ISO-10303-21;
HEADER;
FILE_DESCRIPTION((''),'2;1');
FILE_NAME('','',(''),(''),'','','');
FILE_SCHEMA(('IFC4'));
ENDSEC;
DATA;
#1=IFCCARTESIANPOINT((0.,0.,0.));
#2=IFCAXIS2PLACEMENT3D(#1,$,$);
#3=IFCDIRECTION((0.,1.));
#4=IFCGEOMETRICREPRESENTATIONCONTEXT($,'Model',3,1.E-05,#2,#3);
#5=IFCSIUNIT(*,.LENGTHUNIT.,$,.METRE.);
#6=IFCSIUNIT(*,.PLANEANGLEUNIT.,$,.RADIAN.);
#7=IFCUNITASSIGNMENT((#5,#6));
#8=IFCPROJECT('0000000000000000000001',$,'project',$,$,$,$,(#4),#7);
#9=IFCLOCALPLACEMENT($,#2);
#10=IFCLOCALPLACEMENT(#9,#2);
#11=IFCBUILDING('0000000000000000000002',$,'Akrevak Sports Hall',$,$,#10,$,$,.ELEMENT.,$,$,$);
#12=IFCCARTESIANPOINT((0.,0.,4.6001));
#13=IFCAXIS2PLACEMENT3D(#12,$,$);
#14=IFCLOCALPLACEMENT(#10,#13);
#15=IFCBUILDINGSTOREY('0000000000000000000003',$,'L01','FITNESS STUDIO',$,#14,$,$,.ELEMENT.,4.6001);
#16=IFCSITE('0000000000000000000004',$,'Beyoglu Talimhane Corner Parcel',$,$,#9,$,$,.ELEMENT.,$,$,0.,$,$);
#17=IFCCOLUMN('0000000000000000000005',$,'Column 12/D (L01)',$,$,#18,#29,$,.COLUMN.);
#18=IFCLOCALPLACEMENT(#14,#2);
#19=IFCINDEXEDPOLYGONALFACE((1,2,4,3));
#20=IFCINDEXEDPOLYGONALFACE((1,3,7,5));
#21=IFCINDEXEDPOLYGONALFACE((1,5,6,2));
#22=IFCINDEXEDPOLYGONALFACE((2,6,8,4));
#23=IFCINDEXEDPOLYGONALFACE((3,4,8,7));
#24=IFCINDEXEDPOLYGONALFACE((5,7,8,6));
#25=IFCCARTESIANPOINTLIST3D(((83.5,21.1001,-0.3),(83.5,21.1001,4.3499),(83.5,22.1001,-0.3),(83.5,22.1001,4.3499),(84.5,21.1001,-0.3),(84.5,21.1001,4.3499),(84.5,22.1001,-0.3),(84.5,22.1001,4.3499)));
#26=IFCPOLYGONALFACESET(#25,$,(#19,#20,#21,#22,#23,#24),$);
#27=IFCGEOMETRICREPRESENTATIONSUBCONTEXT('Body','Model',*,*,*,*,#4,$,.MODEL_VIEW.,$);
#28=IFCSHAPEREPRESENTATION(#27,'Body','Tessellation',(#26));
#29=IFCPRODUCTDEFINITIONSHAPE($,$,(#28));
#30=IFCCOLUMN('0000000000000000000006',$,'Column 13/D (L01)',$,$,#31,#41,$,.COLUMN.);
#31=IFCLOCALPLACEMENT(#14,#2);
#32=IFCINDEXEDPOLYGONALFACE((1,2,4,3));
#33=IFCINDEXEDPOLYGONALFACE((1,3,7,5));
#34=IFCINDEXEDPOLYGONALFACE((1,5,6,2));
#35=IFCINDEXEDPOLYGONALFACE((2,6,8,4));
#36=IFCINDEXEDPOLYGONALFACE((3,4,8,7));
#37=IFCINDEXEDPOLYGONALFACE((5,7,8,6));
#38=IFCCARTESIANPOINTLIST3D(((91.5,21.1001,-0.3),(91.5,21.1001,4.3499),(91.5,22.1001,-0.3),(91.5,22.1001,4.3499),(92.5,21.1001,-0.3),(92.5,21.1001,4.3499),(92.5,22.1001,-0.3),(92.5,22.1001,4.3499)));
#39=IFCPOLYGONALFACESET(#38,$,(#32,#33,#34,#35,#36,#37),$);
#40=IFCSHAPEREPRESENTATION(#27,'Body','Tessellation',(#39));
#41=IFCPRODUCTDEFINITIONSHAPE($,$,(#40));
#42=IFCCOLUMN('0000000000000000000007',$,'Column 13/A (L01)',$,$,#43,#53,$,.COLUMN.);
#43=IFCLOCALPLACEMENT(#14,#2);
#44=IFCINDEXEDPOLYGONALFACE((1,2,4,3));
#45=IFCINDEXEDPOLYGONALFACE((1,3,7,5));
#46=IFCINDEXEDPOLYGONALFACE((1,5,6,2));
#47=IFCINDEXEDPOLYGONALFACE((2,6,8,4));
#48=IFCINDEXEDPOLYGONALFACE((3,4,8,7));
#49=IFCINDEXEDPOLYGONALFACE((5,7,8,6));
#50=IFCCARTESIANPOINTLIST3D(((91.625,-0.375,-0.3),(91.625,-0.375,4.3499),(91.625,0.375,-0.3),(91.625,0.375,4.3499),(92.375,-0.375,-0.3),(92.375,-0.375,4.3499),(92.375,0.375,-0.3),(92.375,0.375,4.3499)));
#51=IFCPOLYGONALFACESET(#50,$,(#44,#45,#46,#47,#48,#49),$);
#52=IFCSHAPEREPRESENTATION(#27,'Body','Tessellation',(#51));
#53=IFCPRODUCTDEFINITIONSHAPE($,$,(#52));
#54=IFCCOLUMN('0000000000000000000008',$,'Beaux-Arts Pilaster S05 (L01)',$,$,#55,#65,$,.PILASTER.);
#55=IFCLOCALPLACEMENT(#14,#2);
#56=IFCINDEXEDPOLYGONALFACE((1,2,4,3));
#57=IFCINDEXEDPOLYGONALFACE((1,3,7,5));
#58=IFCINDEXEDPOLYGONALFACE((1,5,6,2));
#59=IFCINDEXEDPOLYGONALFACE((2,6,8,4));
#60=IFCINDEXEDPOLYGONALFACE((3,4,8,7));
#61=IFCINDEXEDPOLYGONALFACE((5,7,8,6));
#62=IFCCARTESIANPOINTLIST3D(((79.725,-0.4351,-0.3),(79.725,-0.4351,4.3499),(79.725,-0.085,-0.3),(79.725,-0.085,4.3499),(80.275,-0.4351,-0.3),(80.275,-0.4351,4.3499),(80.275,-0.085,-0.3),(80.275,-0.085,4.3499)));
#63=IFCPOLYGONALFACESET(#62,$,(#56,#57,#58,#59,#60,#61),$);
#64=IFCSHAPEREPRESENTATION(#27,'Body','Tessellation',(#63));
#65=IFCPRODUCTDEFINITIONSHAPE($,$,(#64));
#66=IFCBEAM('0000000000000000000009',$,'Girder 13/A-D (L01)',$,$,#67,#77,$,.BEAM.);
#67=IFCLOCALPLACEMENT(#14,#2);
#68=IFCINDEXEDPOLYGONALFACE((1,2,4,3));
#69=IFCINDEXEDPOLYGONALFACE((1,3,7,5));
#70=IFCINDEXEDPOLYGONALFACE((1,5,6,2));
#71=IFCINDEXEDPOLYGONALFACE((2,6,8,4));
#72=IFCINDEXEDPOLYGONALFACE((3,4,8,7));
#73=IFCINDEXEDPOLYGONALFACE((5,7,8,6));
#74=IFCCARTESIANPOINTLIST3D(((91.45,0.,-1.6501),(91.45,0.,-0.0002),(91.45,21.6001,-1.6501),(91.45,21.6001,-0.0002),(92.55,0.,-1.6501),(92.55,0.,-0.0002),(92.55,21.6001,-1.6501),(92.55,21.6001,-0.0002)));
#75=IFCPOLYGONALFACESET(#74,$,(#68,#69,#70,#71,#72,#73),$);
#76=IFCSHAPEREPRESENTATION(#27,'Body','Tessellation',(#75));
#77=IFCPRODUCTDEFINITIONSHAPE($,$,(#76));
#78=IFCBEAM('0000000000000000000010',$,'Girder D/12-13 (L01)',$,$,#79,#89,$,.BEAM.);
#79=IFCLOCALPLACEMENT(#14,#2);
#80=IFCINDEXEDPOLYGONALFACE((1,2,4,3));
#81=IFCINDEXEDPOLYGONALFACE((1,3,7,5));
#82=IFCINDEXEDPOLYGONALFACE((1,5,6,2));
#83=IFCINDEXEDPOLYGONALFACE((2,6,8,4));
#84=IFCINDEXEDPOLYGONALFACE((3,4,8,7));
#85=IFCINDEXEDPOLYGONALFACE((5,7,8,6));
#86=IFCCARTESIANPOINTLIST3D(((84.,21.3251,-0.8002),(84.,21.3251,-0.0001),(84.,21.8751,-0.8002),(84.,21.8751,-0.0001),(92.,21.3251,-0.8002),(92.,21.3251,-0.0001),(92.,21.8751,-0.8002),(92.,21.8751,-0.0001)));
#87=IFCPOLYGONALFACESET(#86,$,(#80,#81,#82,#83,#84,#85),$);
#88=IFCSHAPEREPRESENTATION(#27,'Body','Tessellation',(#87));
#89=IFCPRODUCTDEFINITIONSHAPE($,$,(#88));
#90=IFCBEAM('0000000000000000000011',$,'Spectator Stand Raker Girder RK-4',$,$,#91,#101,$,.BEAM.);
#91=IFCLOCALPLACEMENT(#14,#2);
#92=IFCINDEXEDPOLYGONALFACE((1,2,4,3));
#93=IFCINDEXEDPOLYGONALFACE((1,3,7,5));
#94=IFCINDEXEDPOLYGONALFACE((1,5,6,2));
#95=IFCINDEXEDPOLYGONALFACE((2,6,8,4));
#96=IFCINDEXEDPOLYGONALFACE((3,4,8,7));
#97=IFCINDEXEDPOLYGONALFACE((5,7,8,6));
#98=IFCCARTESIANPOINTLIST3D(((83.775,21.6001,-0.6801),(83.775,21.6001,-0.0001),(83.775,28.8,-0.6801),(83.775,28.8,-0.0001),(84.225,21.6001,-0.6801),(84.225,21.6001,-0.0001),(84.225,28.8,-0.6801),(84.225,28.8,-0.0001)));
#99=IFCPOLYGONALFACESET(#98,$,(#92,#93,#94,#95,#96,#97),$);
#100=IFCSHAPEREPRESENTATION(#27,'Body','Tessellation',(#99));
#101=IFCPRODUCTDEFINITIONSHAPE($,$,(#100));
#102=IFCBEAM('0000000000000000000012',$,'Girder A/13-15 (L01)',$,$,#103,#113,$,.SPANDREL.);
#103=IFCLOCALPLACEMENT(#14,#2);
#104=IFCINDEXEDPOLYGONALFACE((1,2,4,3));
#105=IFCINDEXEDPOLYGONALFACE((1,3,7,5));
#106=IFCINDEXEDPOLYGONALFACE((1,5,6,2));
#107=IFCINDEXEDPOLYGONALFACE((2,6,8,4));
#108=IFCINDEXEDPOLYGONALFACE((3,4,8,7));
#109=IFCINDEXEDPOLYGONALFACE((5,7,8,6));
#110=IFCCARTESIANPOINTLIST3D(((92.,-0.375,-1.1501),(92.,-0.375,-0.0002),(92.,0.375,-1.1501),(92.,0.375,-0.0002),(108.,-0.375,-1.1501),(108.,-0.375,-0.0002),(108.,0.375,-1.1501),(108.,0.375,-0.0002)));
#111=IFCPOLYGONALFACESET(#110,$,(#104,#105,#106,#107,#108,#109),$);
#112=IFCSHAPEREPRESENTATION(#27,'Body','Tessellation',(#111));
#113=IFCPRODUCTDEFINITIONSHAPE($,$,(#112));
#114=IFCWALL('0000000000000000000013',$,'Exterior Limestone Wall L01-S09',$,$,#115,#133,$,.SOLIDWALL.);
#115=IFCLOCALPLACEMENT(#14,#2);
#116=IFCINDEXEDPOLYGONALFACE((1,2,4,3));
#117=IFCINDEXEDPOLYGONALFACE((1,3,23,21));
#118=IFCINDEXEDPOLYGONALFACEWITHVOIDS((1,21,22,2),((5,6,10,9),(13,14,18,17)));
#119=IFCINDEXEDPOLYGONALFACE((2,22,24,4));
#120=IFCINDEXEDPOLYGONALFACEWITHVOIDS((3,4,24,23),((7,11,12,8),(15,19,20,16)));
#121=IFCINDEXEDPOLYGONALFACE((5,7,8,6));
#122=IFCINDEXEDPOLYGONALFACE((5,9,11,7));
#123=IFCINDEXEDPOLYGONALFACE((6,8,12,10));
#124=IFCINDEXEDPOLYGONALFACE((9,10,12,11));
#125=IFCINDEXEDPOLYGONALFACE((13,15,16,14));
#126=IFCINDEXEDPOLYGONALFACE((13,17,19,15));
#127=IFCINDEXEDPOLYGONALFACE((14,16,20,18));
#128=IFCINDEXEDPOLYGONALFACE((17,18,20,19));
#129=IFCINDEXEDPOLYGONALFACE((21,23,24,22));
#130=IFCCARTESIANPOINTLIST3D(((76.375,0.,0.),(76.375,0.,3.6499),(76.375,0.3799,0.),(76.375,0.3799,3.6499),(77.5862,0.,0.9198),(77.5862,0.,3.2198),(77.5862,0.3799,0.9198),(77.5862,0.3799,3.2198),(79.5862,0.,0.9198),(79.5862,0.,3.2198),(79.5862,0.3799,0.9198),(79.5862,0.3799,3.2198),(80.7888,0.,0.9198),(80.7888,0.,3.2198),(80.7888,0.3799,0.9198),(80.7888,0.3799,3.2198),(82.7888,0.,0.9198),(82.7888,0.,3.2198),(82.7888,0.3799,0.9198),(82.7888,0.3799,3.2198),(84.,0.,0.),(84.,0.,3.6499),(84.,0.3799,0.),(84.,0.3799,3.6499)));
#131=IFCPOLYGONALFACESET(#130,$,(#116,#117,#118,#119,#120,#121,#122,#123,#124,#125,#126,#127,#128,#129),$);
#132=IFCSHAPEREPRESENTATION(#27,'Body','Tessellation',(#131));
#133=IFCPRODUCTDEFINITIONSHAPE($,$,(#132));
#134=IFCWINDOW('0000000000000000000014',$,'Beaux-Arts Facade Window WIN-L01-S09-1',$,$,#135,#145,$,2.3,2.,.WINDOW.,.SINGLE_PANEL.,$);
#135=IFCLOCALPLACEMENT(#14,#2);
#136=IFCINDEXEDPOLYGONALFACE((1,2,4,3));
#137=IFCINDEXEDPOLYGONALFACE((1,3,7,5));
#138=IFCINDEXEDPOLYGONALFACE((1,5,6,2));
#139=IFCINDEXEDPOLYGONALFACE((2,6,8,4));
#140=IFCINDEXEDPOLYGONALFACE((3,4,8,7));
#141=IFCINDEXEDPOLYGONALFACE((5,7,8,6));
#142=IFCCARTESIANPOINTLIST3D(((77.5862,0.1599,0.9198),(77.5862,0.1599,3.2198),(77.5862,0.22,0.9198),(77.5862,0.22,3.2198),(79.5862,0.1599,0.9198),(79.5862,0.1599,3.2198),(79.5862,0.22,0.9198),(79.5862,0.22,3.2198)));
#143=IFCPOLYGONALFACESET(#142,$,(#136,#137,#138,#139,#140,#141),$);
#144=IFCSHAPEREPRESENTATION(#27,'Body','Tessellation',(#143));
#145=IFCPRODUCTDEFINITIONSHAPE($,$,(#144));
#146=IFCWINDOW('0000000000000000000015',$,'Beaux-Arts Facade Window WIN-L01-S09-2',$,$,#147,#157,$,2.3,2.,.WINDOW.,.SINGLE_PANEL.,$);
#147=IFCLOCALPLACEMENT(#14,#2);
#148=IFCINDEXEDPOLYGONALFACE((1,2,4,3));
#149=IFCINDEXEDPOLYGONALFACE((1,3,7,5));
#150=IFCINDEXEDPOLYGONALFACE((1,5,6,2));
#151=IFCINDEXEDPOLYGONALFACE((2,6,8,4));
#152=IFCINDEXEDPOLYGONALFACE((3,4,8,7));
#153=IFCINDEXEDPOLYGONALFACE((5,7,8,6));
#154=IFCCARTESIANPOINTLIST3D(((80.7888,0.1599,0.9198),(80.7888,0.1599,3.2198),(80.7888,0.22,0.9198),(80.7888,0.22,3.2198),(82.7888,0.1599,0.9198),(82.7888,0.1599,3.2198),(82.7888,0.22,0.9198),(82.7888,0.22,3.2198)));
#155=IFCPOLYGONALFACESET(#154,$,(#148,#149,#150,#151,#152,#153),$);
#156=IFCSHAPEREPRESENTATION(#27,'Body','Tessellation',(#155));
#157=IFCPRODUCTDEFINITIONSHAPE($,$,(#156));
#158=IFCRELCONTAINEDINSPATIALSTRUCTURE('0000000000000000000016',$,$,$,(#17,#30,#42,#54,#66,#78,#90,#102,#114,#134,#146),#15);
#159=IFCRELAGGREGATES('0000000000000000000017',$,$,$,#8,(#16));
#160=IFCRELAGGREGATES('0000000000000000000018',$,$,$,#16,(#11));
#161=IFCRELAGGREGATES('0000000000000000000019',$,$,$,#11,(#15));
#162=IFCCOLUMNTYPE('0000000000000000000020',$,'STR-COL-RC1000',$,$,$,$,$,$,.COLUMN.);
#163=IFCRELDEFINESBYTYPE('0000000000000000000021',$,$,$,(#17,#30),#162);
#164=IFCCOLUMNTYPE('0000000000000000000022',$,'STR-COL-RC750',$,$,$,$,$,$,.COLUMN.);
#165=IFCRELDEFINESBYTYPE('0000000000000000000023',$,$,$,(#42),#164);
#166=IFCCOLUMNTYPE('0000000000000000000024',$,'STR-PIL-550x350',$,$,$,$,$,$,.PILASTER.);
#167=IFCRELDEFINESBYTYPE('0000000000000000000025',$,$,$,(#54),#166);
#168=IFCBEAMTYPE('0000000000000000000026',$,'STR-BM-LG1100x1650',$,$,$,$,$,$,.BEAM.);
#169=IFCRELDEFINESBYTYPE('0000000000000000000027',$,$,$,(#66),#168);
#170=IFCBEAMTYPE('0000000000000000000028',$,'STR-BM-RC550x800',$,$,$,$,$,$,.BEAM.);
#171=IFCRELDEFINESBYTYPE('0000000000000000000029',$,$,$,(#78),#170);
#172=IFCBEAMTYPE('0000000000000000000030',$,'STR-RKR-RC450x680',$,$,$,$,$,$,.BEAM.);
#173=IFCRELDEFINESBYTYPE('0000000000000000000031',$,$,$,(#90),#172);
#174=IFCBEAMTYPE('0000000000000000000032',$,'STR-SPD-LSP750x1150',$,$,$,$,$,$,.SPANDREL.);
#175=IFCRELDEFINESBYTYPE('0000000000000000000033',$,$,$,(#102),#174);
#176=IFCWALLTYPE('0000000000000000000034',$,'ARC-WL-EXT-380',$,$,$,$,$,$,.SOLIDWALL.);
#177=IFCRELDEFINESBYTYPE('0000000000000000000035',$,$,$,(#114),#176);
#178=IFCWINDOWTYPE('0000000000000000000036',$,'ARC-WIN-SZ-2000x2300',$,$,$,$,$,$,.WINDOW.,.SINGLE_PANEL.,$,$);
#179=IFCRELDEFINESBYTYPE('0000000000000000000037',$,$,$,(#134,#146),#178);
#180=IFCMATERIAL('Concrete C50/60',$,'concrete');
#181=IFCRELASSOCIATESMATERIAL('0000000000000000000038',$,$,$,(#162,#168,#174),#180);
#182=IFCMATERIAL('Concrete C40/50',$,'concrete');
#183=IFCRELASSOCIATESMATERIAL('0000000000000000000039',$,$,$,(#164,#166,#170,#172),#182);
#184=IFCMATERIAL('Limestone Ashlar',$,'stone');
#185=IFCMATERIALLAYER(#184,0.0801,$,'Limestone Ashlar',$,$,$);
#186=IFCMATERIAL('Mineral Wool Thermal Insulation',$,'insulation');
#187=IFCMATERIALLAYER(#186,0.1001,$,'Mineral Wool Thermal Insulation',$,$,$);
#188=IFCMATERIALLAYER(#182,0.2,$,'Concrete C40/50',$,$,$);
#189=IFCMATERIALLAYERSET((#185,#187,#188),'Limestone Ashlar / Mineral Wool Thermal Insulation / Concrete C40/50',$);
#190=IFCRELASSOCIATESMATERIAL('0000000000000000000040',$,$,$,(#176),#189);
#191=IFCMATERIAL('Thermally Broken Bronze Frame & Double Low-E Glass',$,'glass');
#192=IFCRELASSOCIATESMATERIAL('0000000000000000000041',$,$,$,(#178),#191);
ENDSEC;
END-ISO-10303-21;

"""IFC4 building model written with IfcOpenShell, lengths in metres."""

from ifc_helpers import new_model, si_unit, direction, frame, frame_2d, origin, origin_2d, place, context, subcontext, project, spatial, rectangle, extrude, material, layer, layer_set, material_profile, profile_set, type_object, element, fill, save


model = new_model("IFC4")

# Units and contexts
model_context = context("Model", 3, precision=1e-05, world=origin(), true_north=direction((0.0, 1.0)))
body_context = subcontext(model_context, "Body", "Model", "MODEL_VIEW")
ifc_project = project(units=[si_unit("LENGTHUNIT", "METRE"), si_unit("PLANEANGLEUNIT", "RADIAN")], contexts=[model_context])

# Site, building, storey
site_placement = place(None, origin())
site = spatial("IfcSite", under=ifc_project, at=site_placement, Name="Beyoglu Talimhane Corner Parcel", CompositionType="ELEMENT", RefElevation=0.0)
building_placement = place(site_placement, origin())
building = spatial("IfcBuilding", under=site, at=building_placement, Name="Akrevak Sports Hall", CompositionType="ELEMENT")
storey_placement = place(building_placement, frame((0.0, 0.0, 4.6001)))
storey = spatial("IfcBuildingStorey", under=building, at=storey_placement, Name="L01", Description="FITNESS STUDIO", CompositionType="ELEMENT", Elevation=4.6001)

# Columns
ifc_material_1 = material(Name="Concrete C50/60", Category="concrete")
ifc_material_profile_1 = material_profile(ifc_material_1, rectangle(XDim=1.0, YDim=1.0, at=origin_2d()), Name="RC 1000x1000", Category="concrete")
ifc_profile_set_1 = profile_set([ifc_material_profile_1], Name="Concrete C50/60")
column_type_1 = type_object("IfcColumnType", Name="STR-COL-RC1000", PredefinedType="COLUMN", material=ifc_profile_set_1)
for number, where, z_axis, x_axis, name in (
    (1, (84.0, 21.6001, -0.3), (0.0, 0.0, 1.0), (1.0, 0.0, 0.0), "Column 12/D (L01)"),
    (2, (92.0, 21.6001, -0.3), (0.0, 0.0, 1.0), (1.0, 0.0, 0.0), "Column 13/D (L01)"),
):
    element("IfcColumn", number, at=place(storey_placement, frame(where, z_axis=z_axis, x_axis=x_axis)), inside=storey, type_object=column_type_1, Name=name, PredefinedType="COLUMN", context=body_context, shape_type="SweptSolid", body=[
        extrude(rectangle(XDim=1.0, YDim=1.0, at=origin_2d()), origin(), (0.0, 0.0, 1.0), 4.6499),
    ])
ifc_material_2 = material(Name="Concrete C40/50", Category="concrete")
ifc_material_profile_2 = material_profile(ifc_material_2, rectangle(XDim=0.75, YDim=0.75, at=origin_2d()), Name="RC 750x750", Category="concrete")
ifc_profile_set_2 = profile_set([ifc_material_profile_2], Name="Concrete C40/50")
column_type_2 = type_object("IfcColumnType", Name="STR-COL-RC750", PredefinedType="COLUMN", material=ifc_profile_set_2)
column_1_placement = place(storey_placement, frame((92.0, 0.0, -0.3), z_axis=(0.0, 0.0, 1.0), x_axis=(1.0, 0.0, 0.0)))
element("IfcColumn", 3, at=column_1_placement, inside=storey, type_object=column_type_2, Name="Column 13/A (L01)", PredefinedType="COLUMN", context=body_context, shape_type="SweptSolid", body=[
    extrude(rectangle(XDim=0.75, YDim=0.75, at=origin_2d()), origin(), (0.0, 0.0, 1.0), 4.6499),
])
ifc_material_profile_3 = material_profile(ifc_material_2, rectangle(XDim=0.55, YDim=0.3501, at=origin_2d()), Name="PIL 550x350", Category="concrete")
ifc_profile_set_3 = profile_set([ifc_material_profile_3], Name="Concrete C40/50")
column_type_3 = type_object("IfcColumnType", Name="STR-PIL-550x350", PredefinedType="PILASTER", material=ifc_profile_set_3)
column_2_placement = place(storey_placement, frame((80.0, -0.26, -0.3), z_axis=(0.0, 0.0, 1.0), x_axis=(1.0, 0.0, 0.0)))
element("IfcColumn", 4, at=column_2_placement, inside=storey, type_object=column_type_3, Name="Beaux-Arts Pilaster S05 (L01)", PredefinedType="PILASTER", context=body_context, shape_type="SweptSolid", body=[
    extrude(rectangle(XDim=0.55, YDim=0.3501, at=origin_2d()), origin(), (0.0, 0.0, 1.0), 4.6499),
])

# Beams
ifc_material_profile_4 = material_profile(ifc_material_1, rectangle(XDim=1.1001, YDim=1.6499, at=origin_2d()), Name="BM 1100x1650", Category="concrete")
ifc_profile_set_4 = profile_set([ifc_material_profile_4], Name="Concrete C50/60")
beam_type_1 = type_object("IfcBeamType", Name="STR-BM-LG1100x1650", PredefinedType="BEAM", material=ifc_profile_set_4)
beam_1_placement = place(storey_placement, frame((92.0, 0.0, -0.8252), z_axis=(0.0, 1.0, 0.0), x_axis=(-1.0, 0.0, 0.0)))
element("IfcBeam", 5, at=beam_1_placement, inside=storey, type_object=beam_type_1, Name="Girder 13/A-D (L01)", PredefinedType="BEAM", context=body_context, shape_type="SweptSolid", body=[
    extrude(rectangle(XDim=1.1001, YDim=1.6499, at=origin_2d()), origin(), (0.0, 0.0, 1.0), 21.6001),
])
ifc_material_profile_5 = material_profile(ifc_material_2, rectangle(XDim=0.55, YDim=0.8, at=origin_2d()), Name="BM 550x800", Category="concrete")
ifc_profile_set_5 = profile_set([ifc_material_profile_5], Name="Concrete C40/50")
beam_type_2 = type_object("IfcBeamType", Name="STR-BM-RC550x800", PredefinedType="BEAM", material=ifc_profile_set_5)
beam_2_placement = place(storey_placement, frame((84.0, 21.6001, -0.4001), z_axis=(1.0, 0.0, 0.0), x_axis=(0.0, 1.0, 0.0)))
element("IfcBeam", 6, at=beam_2_placement, inside=storey, type_object=beam_type_2, Name="Girder D/12-13 (L01)", PredefinedType="BEAM", context=body_context, shape_type="SweptSolid", body=[
    extrude(rectangle(XDim=0.55, YDim=0.8, at=origin_2d()), origin(), (0.0, 0.0, 1.0), 8.0),
])
ifc_material_profile_6 = material_profile(ifc_material_2, rectangle(XDim=0.45, YDim=0.6799, at=origin_2d()), Name="RKR 450x680", Category="concrete")
ifc_profile_set_6 = profile_set([ifc_material_profile_6], Name="Concrete C40/50")
beam_type_3 = type_object("IfcBeamType", Name="STR-RKR-RC450x680", PredefinedType="BEAM", material=ifc_profile_set_6)
beam_3_placement = place(storey_placement, frame((84.0, 21.6001, -0.3401), z_axis=(0.0, 1.0, 0.0), x_axis=(-1.0, 0.0, 0.0)))
element("IfcBeam", 7, at=beam_3_placement, inside=storey, type_object=beam_type_3, Name="Spectator Stand Raker Girder RK-4", PredefinedType="BEAM", context=body_context, shape_type="SweptSolid", body=[
    extrude(rectangle(XDim=0.45, YDim=0.6799, at=origin_2d()), origin(), (0.0, 0.0, 1.0), 7.2),
])
ifc_material_profile_7 = material_profile(ifc_material_1, rectangle(XDim=0.75, YDim=1.1499, at=origin_2d()), Name="SPD 750x1150", Category="concrete")
ifc_profile_set_7 = profile_set([ifc_material_profile_7], Name="Concrete C50/60")
beam_type_4 = type_object("IfcBeamType", Name="STR-SPD-LSP750x1150", PredefinedType="SPANDREL", material=ifc_profile_set_7)
beam_4_placement = place(storey_placement, frame((92.0, 0.0, -0.5752), z_axis=(1.0, 0.0, 0.0), x_axis=(0.0, 1.0, 0.0)))
element("IfcBeam", 8, at=beam_4_placement, inside=storey, type_object=beam_type_4, Name="Girder A/13-15 (L01)", PredefinedType="SPANDREL", context=body_context, shape_type="SweptSolid", body=[
    extrude(rectangle(XDim=0.75, YDim=1.1499, at=origin_2d()), origin(), (0.0, 0.0, 1.0), 16.0),
])

# Wall, openings, windows
ifc_material_3 = material(Name="Limestone Ashlar", Category="stone")
ifc_layer_1 = layer(ifc_material_3, 0.0801, Name="Limestone Ashlar")
ifc_material_4 = material(Name="Mineral Wool Thermal Insulation", Category="insulation")
ifc_layer_2 = layer(ifc_material_4, 0.1001, Name="Mineral Wool Thermal Insulation")
ifc_layer_3 = layer(ifc_material_2, 0.2, Name="Concrete C40/50")
ifc_layer_set_1 = layer_set([ifc_layer_1, ifc_layer_2, ifc_layer_3], Name="Limestone Ashlar / Mineral Wool Thermal Insulation / Concrete C40/50")
wall_type_1 = type_object("IfcWallType", Name="ARC-WL-EXT-380", PredefinedType="SOLIDWALL", material=ifc_layer_set_1)
wall_1_placement = place(storey_placement, frame((76.375, 0.1899, 0.0), z_axis=(0.0, 0.0, 1.0), x_axis=(1.0, 0.0, 0.0)))
wall_1 = element("IfcWall", 9, at=wall_1_placement, inside=storey, type_object=wall_type_1, Name="Exterior Limestone Wall L01-S09", PredefinedType="SOLIDWALL", context=body_context, shape_type="SweptSolid", body=[
    extrude(rectangle(XDim=7.625, YDim=0.3799, at=frame_2d((3.8125, 0.0))), origin(), (0.0, 0.0, 1.0), 3.6499),
])
opening_1_placement = place(wall_1_placement, frame((1.2112, 0.0, 0.9199)))
opening_1 = element("IfcOpeningElement", 10, at=opening_1_placement, cuts=wall_1, PredefinedType="OPENING", context=body_context, shape_type="SweptSolid", body=[
    extrude(rectangle(XDim=2.0, YDim=2.3, at=frame_2d((1.0, 1.1499))), frame((0.0, 0.2019, 0.0), z_axis=(0.0, -1.0, 0.0), x_axis=(1.0, 0.0, 0.0)), (0.0, 0.0, 1.0), 0.4038),
])
opening_2_placement = place(wall_1_placement, frame((4.4138, 0.0, 0.9199)))
opening_2 = element("IfcOpeningElement", 11, at=opening_2_placement, cuts=wall_1, PredefinedType="OPENING", context=body_context, shape_type="SweptSolid", body=[
    extrude(rectangle(XDim=2.0, YDim=2.3, at=frame_2d((1.0, 1.1499))), frame((0.0, 0.2019, 0.0), z_axis=(0.0, -1.0, 0.0), x_axis=(1.0, 0.0, 0.0)), (0.0, 0.0, 1.0), 0.4038),
])
ifc_material_5 = material(Name="Thermally Broken Bronze Frame & Double Low-E Glass", Category="glass")
window_type = type_object("IfcWindowType", Name="ARC-WIN-SZ-2000x2300", PartitioningType="SINGLE_PANEL", PredefinedType="WINDOW", material=ifc_material_5)
window_1_placement = place(opening_1_placement, origin())
window_1 = element("IfcWindow", 12, at=window_1_placement, inside=storey, type_object=window_type, Name="Beaux-Arts Facade Window WIN-L01-S09-1", OverallHeight=2.3, OverallWidth=2.0, PartitioningType="SINGLE_PANEL", PredefinedType="WINDOW", context=body_context, shape_type="SweptSolid", body=[
    extrude(rectangle(XDim=2.0, YDim=2.3, at=frame_2d((1.0, 1.1499))), frame((0.0, 0.03, 0.0), z_axis=(0.0, -1.0, 0.0), x_axis=(1.0, 0.0, 0.0)), (0.0, 0.0, 1.0), 0.0601),
])
fill(opening_1, window_1)
window_2_placement = place(opening_2_placement, origin())
window_2 = element("IfcWindow", 13, at=window_2_placement, inside=storey, type_object=window_type, Name="Beaux-Arts Facade Window WIN-L01-S09-2", OverallHeight=2.3, OverallWidth=2.0, PartitioningType="SINGLE_PANEL", PredefinedType="WINDOW", context=body_context, shape_type="SweptSolid", body=[
    extrude(rectangle(XDim=2.0, YDim=2.3, at=frame_2d((1.0, 1.1499))), frame((0.0, 0.03, 0.0), z_axis=(0.0, -1.0, 0.0), x_axis=(1.0, 0.0, 0.0)), (0.0, 0.0, 1.0), 0.0601),
])
fill(opening_2, window_2)

save(model, "model.ifc")
